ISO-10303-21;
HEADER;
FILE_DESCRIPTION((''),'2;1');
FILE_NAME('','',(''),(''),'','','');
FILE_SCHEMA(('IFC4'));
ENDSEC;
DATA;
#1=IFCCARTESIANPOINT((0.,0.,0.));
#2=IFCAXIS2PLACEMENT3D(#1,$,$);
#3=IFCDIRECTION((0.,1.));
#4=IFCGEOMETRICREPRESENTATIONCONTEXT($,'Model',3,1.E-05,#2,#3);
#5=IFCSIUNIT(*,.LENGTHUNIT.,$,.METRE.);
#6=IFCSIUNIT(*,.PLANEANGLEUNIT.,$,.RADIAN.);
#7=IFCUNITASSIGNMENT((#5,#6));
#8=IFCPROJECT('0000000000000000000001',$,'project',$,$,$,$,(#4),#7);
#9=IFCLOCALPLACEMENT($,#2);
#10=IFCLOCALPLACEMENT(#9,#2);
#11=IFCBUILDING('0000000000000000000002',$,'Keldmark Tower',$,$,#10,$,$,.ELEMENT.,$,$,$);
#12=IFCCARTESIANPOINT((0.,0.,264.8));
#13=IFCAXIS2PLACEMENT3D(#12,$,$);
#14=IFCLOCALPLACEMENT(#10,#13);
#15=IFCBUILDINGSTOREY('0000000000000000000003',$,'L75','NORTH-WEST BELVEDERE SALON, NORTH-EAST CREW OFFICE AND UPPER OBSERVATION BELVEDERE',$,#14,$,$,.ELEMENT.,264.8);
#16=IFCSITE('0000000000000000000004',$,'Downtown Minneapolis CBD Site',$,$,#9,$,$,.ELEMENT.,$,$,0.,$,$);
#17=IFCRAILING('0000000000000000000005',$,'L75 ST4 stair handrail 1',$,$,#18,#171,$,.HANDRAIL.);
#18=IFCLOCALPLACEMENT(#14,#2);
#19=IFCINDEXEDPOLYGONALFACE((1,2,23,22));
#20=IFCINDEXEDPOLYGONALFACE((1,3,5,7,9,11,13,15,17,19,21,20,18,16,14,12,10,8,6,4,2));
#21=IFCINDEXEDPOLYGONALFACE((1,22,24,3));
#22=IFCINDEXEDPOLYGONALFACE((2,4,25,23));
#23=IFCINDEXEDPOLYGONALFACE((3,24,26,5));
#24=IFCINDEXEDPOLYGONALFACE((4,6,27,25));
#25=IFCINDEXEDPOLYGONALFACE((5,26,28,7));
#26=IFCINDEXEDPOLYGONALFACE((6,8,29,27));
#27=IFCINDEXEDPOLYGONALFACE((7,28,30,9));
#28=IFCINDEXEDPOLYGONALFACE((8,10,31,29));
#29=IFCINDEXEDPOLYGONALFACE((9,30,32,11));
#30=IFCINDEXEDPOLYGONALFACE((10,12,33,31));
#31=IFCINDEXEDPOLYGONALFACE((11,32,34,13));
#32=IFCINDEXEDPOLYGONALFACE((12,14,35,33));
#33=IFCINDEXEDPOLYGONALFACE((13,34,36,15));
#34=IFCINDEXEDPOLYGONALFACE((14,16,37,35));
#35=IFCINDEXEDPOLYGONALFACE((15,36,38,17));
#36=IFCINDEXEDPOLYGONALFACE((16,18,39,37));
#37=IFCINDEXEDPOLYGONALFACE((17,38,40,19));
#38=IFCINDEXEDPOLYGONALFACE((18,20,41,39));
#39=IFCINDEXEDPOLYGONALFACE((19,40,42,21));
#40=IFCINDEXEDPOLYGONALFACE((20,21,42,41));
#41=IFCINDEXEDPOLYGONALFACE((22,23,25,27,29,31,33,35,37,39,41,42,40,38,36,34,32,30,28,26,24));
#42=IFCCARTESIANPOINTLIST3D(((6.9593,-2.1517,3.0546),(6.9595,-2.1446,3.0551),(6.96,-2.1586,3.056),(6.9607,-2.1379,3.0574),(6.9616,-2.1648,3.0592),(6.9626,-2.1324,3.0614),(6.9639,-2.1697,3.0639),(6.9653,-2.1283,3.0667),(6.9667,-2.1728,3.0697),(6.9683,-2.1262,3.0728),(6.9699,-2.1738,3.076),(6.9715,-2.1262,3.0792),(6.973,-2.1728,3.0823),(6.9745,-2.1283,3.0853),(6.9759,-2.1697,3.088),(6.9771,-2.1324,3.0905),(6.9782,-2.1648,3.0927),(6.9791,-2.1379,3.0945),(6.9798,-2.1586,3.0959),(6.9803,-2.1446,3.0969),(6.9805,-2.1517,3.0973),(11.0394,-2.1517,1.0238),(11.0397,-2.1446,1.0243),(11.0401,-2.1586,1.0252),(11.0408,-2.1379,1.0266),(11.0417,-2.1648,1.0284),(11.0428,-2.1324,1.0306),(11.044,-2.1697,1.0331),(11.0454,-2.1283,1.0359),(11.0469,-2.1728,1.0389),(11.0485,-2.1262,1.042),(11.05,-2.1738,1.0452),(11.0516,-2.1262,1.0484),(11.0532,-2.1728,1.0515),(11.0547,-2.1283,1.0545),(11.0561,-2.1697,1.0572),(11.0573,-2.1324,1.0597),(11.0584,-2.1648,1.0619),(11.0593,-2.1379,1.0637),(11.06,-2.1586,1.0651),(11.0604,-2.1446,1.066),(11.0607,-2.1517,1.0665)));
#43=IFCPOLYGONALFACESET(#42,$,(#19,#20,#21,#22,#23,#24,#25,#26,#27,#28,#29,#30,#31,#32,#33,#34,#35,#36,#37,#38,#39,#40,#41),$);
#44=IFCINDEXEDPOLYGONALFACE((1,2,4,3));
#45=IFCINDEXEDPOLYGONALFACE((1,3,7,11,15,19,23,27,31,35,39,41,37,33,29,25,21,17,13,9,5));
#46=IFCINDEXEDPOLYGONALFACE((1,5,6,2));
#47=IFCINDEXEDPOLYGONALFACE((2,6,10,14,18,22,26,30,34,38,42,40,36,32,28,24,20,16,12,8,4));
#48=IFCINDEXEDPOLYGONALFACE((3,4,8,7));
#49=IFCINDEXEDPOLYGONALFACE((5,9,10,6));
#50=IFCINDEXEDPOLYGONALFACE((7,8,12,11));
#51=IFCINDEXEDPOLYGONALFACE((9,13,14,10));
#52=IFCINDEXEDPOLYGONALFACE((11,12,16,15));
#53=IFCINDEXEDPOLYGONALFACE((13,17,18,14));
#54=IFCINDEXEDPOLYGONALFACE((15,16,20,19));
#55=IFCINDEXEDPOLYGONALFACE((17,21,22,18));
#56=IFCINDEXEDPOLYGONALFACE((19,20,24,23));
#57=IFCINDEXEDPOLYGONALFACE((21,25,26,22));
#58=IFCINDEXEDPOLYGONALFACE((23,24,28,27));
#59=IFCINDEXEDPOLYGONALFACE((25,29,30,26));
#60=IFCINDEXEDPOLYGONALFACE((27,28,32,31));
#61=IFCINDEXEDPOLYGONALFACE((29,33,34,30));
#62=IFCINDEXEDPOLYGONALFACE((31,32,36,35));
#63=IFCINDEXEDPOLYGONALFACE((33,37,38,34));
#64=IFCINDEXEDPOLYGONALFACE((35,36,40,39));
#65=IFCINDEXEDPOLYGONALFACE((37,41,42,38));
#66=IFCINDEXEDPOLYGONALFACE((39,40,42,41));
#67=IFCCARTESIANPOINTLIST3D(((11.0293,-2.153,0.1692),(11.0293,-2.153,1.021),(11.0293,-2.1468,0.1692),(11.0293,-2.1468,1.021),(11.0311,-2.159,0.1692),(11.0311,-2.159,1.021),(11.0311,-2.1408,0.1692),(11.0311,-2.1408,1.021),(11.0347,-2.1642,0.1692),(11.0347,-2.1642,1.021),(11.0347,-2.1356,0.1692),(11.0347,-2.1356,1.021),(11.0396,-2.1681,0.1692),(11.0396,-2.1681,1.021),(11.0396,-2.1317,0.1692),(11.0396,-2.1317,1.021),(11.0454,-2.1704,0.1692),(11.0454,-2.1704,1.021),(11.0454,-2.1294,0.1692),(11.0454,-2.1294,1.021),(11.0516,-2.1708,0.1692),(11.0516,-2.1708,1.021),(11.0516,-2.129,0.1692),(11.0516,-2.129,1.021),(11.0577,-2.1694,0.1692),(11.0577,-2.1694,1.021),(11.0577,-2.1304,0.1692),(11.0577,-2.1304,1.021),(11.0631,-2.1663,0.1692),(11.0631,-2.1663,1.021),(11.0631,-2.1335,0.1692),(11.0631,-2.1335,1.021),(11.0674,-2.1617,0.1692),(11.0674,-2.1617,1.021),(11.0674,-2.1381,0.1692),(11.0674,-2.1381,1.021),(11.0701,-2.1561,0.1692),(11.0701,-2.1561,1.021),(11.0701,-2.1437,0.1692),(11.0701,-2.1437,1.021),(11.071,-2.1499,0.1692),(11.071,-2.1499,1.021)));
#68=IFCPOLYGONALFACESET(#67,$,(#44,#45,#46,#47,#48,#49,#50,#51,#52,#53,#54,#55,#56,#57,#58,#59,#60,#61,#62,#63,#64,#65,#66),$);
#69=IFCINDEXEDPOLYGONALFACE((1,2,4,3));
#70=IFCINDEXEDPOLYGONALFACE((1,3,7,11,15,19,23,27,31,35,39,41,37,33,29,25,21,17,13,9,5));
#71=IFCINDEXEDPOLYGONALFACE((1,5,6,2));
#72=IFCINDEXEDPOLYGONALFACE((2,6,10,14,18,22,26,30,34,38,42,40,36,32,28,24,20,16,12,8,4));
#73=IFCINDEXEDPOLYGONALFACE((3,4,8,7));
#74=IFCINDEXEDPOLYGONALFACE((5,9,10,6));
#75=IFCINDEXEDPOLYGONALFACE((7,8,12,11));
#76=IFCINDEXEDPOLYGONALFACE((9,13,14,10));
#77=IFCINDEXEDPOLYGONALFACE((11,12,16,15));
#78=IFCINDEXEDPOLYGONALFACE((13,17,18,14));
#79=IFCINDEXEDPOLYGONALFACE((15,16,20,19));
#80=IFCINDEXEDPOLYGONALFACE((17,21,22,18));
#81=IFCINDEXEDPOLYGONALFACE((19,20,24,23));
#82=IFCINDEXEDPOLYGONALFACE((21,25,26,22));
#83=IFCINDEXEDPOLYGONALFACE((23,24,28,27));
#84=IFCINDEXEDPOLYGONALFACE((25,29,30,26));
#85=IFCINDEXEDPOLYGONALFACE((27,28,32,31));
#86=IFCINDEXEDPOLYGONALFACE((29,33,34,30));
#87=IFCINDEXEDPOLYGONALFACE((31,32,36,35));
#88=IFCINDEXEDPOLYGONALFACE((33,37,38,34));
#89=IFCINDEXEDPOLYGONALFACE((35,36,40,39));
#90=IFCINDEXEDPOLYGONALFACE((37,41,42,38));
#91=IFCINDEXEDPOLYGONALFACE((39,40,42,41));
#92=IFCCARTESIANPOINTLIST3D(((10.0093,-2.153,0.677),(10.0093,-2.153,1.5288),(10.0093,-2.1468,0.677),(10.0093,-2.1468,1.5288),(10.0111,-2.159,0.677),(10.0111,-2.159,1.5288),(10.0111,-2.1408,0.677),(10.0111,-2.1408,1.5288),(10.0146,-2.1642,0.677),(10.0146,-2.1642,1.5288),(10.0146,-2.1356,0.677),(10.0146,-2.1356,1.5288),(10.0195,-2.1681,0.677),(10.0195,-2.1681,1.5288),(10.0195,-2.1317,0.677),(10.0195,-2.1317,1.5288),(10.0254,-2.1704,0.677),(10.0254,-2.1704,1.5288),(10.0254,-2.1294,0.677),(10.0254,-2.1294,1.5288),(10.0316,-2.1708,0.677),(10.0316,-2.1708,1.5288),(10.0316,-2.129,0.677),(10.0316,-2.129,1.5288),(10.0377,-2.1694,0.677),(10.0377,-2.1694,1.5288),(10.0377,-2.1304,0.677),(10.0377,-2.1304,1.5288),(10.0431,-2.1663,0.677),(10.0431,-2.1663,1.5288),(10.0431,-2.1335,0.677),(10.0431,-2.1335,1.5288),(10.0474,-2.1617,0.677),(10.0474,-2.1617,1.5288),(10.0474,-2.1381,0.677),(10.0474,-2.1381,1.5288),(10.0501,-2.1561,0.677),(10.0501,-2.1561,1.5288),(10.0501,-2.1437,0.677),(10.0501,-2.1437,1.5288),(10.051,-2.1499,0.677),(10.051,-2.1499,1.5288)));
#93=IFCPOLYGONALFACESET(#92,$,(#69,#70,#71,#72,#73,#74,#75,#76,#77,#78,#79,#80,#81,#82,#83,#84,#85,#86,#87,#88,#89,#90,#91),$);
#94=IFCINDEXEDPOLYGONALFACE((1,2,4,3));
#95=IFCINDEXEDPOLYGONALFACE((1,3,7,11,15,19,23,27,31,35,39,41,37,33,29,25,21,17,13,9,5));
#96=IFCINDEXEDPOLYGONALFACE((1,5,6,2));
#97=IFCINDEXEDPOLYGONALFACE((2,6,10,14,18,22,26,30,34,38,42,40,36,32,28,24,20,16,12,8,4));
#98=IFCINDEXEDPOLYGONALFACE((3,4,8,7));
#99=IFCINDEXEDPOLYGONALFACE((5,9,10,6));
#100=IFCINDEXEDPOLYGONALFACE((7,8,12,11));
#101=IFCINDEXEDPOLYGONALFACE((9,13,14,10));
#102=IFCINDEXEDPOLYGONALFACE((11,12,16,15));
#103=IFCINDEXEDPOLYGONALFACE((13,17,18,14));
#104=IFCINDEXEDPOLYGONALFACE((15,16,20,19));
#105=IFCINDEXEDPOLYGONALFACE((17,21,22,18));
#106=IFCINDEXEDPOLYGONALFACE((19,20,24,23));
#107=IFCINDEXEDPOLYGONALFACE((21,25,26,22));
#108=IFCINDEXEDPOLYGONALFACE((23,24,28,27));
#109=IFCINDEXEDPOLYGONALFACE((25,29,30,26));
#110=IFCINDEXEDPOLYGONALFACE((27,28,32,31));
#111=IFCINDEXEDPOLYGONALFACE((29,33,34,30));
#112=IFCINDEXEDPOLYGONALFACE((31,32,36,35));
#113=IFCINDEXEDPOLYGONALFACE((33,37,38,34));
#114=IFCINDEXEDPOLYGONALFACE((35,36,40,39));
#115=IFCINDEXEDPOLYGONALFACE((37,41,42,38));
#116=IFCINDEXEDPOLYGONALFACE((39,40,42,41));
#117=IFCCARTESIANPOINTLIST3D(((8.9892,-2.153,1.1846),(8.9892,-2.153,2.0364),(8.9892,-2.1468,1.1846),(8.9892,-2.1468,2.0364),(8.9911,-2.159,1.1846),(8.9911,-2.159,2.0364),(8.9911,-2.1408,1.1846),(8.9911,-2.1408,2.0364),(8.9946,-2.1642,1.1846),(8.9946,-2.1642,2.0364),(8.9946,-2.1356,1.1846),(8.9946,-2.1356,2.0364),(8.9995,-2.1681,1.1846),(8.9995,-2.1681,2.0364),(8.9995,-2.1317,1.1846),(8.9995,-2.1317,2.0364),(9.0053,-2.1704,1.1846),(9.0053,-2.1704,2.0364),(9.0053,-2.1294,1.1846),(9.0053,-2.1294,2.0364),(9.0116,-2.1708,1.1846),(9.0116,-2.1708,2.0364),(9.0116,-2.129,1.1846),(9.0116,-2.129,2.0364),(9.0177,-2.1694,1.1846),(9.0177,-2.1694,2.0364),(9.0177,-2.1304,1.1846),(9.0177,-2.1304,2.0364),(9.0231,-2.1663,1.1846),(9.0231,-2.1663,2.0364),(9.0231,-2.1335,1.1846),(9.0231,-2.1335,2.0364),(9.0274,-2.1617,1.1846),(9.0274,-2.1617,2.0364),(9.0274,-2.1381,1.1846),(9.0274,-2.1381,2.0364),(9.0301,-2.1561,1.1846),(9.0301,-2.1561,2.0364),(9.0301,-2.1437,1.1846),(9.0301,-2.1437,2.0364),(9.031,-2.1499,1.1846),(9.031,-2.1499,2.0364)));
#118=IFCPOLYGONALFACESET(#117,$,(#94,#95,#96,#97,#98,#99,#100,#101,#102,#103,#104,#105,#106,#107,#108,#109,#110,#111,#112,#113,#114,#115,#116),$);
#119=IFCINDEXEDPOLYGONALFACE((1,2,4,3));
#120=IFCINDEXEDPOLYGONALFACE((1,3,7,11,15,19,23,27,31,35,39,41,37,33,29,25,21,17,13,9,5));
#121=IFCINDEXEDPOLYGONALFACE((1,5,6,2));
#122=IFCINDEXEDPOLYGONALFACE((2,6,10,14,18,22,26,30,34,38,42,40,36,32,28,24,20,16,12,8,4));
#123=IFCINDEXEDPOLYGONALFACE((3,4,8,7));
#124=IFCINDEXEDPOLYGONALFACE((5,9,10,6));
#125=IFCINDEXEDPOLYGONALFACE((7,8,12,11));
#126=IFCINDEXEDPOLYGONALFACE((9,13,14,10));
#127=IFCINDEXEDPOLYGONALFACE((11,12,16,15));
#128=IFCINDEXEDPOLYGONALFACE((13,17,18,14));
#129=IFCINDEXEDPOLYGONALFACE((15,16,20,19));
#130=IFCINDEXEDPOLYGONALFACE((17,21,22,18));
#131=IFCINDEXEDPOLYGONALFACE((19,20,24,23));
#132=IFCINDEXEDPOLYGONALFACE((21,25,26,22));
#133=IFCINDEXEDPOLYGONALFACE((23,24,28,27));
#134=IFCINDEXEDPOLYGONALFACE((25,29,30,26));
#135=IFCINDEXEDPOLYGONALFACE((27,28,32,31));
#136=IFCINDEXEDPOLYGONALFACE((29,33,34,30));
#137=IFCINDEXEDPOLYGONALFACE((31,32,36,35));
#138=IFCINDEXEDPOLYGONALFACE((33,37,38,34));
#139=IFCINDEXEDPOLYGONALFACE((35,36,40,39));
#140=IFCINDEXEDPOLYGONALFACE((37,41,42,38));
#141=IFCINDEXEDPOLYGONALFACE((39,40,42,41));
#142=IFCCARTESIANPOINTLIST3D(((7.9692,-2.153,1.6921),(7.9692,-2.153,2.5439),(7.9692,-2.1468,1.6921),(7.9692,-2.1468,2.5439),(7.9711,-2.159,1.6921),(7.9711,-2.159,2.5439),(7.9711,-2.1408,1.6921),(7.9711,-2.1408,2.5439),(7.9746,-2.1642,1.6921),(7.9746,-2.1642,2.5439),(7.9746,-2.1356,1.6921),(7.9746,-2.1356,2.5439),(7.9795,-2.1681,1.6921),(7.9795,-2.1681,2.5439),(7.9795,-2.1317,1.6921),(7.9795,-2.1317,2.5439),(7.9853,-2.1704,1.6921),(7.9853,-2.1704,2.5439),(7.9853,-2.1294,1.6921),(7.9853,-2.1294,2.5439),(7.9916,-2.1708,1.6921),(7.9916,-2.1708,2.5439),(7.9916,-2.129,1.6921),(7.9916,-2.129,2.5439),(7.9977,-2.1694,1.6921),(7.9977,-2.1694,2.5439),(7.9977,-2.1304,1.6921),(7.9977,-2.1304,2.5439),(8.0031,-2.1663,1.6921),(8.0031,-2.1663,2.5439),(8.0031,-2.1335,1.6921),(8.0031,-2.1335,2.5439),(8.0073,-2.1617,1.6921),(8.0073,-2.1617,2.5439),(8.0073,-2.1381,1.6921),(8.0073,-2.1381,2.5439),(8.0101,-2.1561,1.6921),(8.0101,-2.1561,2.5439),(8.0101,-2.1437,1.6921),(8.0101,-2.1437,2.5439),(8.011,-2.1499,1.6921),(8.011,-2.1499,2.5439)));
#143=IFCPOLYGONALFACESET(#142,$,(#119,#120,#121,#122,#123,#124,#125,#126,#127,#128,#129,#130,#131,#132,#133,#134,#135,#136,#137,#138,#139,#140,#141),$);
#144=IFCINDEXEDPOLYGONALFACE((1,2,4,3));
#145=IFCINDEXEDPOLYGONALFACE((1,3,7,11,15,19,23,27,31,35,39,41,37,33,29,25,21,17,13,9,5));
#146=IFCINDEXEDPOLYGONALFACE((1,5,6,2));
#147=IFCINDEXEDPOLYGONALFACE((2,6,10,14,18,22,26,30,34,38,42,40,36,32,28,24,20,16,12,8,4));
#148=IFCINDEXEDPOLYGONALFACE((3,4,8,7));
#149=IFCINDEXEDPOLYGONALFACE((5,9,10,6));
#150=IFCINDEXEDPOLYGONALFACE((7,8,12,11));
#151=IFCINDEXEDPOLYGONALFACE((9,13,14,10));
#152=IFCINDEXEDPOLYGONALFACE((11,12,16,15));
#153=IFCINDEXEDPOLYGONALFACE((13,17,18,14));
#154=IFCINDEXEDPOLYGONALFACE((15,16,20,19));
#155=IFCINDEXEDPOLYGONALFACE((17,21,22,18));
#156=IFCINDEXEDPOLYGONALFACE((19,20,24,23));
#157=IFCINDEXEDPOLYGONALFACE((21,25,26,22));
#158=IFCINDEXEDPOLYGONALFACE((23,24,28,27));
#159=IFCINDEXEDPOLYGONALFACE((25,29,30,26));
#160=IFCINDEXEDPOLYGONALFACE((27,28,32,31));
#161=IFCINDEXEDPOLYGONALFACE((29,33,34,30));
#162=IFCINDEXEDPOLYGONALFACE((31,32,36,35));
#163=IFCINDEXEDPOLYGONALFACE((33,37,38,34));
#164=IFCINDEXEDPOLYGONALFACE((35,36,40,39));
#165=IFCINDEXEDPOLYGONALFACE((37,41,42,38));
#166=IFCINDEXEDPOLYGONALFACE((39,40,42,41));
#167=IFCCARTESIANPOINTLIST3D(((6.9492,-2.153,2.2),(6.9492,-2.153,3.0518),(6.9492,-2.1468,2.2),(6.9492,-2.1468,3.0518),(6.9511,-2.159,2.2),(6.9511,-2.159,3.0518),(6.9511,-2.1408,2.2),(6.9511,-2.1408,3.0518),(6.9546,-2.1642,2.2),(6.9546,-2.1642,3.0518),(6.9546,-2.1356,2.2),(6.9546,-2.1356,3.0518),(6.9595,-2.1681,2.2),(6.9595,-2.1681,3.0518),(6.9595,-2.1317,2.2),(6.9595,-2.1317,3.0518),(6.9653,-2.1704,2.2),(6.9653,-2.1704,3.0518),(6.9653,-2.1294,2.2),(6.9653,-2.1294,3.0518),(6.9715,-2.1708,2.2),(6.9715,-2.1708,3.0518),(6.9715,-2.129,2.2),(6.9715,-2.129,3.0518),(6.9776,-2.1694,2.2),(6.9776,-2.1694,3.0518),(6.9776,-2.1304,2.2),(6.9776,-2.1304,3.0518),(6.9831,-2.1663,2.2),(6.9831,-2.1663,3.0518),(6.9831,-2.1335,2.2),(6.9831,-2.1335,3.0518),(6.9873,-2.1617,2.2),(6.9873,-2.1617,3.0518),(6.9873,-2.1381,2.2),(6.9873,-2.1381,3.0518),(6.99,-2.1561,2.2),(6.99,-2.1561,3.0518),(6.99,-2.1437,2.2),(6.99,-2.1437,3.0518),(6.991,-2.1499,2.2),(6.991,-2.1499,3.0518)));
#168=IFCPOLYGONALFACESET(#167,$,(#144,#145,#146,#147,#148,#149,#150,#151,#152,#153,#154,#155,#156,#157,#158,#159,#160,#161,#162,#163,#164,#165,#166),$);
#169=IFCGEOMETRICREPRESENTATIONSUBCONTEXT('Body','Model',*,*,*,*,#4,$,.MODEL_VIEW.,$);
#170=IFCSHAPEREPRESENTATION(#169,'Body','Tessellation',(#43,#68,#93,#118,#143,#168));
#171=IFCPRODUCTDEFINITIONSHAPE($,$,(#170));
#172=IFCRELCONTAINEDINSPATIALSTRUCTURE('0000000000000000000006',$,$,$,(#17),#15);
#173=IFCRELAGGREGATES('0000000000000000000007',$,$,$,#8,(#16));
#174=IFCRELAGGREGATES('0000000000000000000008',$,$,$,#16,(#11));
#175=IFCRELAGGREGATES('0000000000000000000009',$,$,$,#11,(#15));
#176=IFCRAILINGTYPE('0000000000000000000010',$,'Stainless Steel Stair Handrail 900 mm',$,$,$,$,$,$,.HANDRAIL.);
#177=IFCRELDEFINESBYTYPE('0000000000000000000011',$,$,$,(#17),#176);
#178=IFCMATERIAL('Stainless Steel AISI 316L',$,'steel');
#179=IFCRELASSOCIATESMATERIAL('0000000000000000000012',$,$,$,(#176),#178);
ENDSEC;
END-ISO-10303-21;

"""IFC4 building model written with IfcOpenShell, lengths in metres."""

from ifc_helpers import new_model, si_unit, direction, frame, origin, origin_2d, place, context, subcontext, project, spatial, circle, extrude, material, type_object, element, save


model = new_model("IFC4")

# Units and contexts
model_context = context("Model", 3, precision=1e-05, world=origin(), true_north=direction((0.0, 1.0)))
body_context = subcontext(model_context, "Body", "Model", "MODEL_VIEW")
ifc_project = project(units=[si_unit("LENGTHUNIT", "METRE"), si_unit("PLANEANGLEUNIT", "RADIAN")], contexts=[model_context])

# Site, building, storey
site_placement = place(None, origin())
site = spatial("IfcSite", under=ifc_project, at=site_placement, Name="Downtown Minneapolis CBD Site", CompositionType="ELEMENT", RefElevation=0.0)
building_placement = place(site_placement, origin())
building = spatial("IfcBuilding", under=site, at=building_placement, Name="Keldmark Tower", CompositionType="ELEMENT")
storey_placement = place(building_placement, frame((0.0, 0.0, 264.8)))
storey = spatial("IfcBuildingStorey", under=building, at=storey_placement, Name="L75", Description="NORTH-WEST BELVEDERE SALON, NORTH-EAST CREW OFFICE AND UPPER OBSERVATION BELVEDERE", CompositionType="ELEMENT", Elevation=264.8)

# Railing
ifc_material_1 = material(Name="Stainless Steel AISI 316L", Category="steel")
railing_type_1 = type_object("IfcRailingType", Name="Stainless Steel Stair Handrail 900 mm", PredefinedType="HANDRAIL", material=ifc_material_1)
railing_1_placement = place(storey_placement, frame((11.05, -2.1499, 0.1692)))
element("IfcRailing", 1, at=railing_1_placement, inside=storey, type_object=railing_type_1, Name="L75 ST4 stair handrail 1", PredefinedType="HANDRAIL", context=body_context, shape_type="SweptSolid", body=[
    extrude(circle(Radius=0.0239, at=origin_2d()), frame((0.0, 0.0, 0.876), z_axis=(-0.89524, 0.0, 0.445584), x_axis=(0.0, -1.0, 0.0)), (0.0, 0.0, 1.0), 4.5576),
    extrude(circle(Radius=0.021, at=origin_2d()), origin(), (0.0, 0.0, 1.0), 0.8518),
    extrude(circle(Radius=0.021, at=origin_2d()), frame((-1.02, 0.0, 0.5078)), (0.0, 0.0, 1.0), 0.8518),
    extrude(circle(Radius=0.021, at=origin_2d()), frame((-2.04, 0.0, 1.0154)), (0.0, 0.0, 1.0), 0.8518),
    extrude(circle(Radius=0.021, at=origin_2d()), frame((-3.0601, 0.0, 1.5229)), (0.0, 0.0, 1.0), 0.8518),
    extrude(circle(Radius=0.021, at=origin_2d()), frame((-4.0801, 0.0, 2.0308)), (0.0, 0.0, 1.0), 0.8518),
])

save(model, "model.ifc")
